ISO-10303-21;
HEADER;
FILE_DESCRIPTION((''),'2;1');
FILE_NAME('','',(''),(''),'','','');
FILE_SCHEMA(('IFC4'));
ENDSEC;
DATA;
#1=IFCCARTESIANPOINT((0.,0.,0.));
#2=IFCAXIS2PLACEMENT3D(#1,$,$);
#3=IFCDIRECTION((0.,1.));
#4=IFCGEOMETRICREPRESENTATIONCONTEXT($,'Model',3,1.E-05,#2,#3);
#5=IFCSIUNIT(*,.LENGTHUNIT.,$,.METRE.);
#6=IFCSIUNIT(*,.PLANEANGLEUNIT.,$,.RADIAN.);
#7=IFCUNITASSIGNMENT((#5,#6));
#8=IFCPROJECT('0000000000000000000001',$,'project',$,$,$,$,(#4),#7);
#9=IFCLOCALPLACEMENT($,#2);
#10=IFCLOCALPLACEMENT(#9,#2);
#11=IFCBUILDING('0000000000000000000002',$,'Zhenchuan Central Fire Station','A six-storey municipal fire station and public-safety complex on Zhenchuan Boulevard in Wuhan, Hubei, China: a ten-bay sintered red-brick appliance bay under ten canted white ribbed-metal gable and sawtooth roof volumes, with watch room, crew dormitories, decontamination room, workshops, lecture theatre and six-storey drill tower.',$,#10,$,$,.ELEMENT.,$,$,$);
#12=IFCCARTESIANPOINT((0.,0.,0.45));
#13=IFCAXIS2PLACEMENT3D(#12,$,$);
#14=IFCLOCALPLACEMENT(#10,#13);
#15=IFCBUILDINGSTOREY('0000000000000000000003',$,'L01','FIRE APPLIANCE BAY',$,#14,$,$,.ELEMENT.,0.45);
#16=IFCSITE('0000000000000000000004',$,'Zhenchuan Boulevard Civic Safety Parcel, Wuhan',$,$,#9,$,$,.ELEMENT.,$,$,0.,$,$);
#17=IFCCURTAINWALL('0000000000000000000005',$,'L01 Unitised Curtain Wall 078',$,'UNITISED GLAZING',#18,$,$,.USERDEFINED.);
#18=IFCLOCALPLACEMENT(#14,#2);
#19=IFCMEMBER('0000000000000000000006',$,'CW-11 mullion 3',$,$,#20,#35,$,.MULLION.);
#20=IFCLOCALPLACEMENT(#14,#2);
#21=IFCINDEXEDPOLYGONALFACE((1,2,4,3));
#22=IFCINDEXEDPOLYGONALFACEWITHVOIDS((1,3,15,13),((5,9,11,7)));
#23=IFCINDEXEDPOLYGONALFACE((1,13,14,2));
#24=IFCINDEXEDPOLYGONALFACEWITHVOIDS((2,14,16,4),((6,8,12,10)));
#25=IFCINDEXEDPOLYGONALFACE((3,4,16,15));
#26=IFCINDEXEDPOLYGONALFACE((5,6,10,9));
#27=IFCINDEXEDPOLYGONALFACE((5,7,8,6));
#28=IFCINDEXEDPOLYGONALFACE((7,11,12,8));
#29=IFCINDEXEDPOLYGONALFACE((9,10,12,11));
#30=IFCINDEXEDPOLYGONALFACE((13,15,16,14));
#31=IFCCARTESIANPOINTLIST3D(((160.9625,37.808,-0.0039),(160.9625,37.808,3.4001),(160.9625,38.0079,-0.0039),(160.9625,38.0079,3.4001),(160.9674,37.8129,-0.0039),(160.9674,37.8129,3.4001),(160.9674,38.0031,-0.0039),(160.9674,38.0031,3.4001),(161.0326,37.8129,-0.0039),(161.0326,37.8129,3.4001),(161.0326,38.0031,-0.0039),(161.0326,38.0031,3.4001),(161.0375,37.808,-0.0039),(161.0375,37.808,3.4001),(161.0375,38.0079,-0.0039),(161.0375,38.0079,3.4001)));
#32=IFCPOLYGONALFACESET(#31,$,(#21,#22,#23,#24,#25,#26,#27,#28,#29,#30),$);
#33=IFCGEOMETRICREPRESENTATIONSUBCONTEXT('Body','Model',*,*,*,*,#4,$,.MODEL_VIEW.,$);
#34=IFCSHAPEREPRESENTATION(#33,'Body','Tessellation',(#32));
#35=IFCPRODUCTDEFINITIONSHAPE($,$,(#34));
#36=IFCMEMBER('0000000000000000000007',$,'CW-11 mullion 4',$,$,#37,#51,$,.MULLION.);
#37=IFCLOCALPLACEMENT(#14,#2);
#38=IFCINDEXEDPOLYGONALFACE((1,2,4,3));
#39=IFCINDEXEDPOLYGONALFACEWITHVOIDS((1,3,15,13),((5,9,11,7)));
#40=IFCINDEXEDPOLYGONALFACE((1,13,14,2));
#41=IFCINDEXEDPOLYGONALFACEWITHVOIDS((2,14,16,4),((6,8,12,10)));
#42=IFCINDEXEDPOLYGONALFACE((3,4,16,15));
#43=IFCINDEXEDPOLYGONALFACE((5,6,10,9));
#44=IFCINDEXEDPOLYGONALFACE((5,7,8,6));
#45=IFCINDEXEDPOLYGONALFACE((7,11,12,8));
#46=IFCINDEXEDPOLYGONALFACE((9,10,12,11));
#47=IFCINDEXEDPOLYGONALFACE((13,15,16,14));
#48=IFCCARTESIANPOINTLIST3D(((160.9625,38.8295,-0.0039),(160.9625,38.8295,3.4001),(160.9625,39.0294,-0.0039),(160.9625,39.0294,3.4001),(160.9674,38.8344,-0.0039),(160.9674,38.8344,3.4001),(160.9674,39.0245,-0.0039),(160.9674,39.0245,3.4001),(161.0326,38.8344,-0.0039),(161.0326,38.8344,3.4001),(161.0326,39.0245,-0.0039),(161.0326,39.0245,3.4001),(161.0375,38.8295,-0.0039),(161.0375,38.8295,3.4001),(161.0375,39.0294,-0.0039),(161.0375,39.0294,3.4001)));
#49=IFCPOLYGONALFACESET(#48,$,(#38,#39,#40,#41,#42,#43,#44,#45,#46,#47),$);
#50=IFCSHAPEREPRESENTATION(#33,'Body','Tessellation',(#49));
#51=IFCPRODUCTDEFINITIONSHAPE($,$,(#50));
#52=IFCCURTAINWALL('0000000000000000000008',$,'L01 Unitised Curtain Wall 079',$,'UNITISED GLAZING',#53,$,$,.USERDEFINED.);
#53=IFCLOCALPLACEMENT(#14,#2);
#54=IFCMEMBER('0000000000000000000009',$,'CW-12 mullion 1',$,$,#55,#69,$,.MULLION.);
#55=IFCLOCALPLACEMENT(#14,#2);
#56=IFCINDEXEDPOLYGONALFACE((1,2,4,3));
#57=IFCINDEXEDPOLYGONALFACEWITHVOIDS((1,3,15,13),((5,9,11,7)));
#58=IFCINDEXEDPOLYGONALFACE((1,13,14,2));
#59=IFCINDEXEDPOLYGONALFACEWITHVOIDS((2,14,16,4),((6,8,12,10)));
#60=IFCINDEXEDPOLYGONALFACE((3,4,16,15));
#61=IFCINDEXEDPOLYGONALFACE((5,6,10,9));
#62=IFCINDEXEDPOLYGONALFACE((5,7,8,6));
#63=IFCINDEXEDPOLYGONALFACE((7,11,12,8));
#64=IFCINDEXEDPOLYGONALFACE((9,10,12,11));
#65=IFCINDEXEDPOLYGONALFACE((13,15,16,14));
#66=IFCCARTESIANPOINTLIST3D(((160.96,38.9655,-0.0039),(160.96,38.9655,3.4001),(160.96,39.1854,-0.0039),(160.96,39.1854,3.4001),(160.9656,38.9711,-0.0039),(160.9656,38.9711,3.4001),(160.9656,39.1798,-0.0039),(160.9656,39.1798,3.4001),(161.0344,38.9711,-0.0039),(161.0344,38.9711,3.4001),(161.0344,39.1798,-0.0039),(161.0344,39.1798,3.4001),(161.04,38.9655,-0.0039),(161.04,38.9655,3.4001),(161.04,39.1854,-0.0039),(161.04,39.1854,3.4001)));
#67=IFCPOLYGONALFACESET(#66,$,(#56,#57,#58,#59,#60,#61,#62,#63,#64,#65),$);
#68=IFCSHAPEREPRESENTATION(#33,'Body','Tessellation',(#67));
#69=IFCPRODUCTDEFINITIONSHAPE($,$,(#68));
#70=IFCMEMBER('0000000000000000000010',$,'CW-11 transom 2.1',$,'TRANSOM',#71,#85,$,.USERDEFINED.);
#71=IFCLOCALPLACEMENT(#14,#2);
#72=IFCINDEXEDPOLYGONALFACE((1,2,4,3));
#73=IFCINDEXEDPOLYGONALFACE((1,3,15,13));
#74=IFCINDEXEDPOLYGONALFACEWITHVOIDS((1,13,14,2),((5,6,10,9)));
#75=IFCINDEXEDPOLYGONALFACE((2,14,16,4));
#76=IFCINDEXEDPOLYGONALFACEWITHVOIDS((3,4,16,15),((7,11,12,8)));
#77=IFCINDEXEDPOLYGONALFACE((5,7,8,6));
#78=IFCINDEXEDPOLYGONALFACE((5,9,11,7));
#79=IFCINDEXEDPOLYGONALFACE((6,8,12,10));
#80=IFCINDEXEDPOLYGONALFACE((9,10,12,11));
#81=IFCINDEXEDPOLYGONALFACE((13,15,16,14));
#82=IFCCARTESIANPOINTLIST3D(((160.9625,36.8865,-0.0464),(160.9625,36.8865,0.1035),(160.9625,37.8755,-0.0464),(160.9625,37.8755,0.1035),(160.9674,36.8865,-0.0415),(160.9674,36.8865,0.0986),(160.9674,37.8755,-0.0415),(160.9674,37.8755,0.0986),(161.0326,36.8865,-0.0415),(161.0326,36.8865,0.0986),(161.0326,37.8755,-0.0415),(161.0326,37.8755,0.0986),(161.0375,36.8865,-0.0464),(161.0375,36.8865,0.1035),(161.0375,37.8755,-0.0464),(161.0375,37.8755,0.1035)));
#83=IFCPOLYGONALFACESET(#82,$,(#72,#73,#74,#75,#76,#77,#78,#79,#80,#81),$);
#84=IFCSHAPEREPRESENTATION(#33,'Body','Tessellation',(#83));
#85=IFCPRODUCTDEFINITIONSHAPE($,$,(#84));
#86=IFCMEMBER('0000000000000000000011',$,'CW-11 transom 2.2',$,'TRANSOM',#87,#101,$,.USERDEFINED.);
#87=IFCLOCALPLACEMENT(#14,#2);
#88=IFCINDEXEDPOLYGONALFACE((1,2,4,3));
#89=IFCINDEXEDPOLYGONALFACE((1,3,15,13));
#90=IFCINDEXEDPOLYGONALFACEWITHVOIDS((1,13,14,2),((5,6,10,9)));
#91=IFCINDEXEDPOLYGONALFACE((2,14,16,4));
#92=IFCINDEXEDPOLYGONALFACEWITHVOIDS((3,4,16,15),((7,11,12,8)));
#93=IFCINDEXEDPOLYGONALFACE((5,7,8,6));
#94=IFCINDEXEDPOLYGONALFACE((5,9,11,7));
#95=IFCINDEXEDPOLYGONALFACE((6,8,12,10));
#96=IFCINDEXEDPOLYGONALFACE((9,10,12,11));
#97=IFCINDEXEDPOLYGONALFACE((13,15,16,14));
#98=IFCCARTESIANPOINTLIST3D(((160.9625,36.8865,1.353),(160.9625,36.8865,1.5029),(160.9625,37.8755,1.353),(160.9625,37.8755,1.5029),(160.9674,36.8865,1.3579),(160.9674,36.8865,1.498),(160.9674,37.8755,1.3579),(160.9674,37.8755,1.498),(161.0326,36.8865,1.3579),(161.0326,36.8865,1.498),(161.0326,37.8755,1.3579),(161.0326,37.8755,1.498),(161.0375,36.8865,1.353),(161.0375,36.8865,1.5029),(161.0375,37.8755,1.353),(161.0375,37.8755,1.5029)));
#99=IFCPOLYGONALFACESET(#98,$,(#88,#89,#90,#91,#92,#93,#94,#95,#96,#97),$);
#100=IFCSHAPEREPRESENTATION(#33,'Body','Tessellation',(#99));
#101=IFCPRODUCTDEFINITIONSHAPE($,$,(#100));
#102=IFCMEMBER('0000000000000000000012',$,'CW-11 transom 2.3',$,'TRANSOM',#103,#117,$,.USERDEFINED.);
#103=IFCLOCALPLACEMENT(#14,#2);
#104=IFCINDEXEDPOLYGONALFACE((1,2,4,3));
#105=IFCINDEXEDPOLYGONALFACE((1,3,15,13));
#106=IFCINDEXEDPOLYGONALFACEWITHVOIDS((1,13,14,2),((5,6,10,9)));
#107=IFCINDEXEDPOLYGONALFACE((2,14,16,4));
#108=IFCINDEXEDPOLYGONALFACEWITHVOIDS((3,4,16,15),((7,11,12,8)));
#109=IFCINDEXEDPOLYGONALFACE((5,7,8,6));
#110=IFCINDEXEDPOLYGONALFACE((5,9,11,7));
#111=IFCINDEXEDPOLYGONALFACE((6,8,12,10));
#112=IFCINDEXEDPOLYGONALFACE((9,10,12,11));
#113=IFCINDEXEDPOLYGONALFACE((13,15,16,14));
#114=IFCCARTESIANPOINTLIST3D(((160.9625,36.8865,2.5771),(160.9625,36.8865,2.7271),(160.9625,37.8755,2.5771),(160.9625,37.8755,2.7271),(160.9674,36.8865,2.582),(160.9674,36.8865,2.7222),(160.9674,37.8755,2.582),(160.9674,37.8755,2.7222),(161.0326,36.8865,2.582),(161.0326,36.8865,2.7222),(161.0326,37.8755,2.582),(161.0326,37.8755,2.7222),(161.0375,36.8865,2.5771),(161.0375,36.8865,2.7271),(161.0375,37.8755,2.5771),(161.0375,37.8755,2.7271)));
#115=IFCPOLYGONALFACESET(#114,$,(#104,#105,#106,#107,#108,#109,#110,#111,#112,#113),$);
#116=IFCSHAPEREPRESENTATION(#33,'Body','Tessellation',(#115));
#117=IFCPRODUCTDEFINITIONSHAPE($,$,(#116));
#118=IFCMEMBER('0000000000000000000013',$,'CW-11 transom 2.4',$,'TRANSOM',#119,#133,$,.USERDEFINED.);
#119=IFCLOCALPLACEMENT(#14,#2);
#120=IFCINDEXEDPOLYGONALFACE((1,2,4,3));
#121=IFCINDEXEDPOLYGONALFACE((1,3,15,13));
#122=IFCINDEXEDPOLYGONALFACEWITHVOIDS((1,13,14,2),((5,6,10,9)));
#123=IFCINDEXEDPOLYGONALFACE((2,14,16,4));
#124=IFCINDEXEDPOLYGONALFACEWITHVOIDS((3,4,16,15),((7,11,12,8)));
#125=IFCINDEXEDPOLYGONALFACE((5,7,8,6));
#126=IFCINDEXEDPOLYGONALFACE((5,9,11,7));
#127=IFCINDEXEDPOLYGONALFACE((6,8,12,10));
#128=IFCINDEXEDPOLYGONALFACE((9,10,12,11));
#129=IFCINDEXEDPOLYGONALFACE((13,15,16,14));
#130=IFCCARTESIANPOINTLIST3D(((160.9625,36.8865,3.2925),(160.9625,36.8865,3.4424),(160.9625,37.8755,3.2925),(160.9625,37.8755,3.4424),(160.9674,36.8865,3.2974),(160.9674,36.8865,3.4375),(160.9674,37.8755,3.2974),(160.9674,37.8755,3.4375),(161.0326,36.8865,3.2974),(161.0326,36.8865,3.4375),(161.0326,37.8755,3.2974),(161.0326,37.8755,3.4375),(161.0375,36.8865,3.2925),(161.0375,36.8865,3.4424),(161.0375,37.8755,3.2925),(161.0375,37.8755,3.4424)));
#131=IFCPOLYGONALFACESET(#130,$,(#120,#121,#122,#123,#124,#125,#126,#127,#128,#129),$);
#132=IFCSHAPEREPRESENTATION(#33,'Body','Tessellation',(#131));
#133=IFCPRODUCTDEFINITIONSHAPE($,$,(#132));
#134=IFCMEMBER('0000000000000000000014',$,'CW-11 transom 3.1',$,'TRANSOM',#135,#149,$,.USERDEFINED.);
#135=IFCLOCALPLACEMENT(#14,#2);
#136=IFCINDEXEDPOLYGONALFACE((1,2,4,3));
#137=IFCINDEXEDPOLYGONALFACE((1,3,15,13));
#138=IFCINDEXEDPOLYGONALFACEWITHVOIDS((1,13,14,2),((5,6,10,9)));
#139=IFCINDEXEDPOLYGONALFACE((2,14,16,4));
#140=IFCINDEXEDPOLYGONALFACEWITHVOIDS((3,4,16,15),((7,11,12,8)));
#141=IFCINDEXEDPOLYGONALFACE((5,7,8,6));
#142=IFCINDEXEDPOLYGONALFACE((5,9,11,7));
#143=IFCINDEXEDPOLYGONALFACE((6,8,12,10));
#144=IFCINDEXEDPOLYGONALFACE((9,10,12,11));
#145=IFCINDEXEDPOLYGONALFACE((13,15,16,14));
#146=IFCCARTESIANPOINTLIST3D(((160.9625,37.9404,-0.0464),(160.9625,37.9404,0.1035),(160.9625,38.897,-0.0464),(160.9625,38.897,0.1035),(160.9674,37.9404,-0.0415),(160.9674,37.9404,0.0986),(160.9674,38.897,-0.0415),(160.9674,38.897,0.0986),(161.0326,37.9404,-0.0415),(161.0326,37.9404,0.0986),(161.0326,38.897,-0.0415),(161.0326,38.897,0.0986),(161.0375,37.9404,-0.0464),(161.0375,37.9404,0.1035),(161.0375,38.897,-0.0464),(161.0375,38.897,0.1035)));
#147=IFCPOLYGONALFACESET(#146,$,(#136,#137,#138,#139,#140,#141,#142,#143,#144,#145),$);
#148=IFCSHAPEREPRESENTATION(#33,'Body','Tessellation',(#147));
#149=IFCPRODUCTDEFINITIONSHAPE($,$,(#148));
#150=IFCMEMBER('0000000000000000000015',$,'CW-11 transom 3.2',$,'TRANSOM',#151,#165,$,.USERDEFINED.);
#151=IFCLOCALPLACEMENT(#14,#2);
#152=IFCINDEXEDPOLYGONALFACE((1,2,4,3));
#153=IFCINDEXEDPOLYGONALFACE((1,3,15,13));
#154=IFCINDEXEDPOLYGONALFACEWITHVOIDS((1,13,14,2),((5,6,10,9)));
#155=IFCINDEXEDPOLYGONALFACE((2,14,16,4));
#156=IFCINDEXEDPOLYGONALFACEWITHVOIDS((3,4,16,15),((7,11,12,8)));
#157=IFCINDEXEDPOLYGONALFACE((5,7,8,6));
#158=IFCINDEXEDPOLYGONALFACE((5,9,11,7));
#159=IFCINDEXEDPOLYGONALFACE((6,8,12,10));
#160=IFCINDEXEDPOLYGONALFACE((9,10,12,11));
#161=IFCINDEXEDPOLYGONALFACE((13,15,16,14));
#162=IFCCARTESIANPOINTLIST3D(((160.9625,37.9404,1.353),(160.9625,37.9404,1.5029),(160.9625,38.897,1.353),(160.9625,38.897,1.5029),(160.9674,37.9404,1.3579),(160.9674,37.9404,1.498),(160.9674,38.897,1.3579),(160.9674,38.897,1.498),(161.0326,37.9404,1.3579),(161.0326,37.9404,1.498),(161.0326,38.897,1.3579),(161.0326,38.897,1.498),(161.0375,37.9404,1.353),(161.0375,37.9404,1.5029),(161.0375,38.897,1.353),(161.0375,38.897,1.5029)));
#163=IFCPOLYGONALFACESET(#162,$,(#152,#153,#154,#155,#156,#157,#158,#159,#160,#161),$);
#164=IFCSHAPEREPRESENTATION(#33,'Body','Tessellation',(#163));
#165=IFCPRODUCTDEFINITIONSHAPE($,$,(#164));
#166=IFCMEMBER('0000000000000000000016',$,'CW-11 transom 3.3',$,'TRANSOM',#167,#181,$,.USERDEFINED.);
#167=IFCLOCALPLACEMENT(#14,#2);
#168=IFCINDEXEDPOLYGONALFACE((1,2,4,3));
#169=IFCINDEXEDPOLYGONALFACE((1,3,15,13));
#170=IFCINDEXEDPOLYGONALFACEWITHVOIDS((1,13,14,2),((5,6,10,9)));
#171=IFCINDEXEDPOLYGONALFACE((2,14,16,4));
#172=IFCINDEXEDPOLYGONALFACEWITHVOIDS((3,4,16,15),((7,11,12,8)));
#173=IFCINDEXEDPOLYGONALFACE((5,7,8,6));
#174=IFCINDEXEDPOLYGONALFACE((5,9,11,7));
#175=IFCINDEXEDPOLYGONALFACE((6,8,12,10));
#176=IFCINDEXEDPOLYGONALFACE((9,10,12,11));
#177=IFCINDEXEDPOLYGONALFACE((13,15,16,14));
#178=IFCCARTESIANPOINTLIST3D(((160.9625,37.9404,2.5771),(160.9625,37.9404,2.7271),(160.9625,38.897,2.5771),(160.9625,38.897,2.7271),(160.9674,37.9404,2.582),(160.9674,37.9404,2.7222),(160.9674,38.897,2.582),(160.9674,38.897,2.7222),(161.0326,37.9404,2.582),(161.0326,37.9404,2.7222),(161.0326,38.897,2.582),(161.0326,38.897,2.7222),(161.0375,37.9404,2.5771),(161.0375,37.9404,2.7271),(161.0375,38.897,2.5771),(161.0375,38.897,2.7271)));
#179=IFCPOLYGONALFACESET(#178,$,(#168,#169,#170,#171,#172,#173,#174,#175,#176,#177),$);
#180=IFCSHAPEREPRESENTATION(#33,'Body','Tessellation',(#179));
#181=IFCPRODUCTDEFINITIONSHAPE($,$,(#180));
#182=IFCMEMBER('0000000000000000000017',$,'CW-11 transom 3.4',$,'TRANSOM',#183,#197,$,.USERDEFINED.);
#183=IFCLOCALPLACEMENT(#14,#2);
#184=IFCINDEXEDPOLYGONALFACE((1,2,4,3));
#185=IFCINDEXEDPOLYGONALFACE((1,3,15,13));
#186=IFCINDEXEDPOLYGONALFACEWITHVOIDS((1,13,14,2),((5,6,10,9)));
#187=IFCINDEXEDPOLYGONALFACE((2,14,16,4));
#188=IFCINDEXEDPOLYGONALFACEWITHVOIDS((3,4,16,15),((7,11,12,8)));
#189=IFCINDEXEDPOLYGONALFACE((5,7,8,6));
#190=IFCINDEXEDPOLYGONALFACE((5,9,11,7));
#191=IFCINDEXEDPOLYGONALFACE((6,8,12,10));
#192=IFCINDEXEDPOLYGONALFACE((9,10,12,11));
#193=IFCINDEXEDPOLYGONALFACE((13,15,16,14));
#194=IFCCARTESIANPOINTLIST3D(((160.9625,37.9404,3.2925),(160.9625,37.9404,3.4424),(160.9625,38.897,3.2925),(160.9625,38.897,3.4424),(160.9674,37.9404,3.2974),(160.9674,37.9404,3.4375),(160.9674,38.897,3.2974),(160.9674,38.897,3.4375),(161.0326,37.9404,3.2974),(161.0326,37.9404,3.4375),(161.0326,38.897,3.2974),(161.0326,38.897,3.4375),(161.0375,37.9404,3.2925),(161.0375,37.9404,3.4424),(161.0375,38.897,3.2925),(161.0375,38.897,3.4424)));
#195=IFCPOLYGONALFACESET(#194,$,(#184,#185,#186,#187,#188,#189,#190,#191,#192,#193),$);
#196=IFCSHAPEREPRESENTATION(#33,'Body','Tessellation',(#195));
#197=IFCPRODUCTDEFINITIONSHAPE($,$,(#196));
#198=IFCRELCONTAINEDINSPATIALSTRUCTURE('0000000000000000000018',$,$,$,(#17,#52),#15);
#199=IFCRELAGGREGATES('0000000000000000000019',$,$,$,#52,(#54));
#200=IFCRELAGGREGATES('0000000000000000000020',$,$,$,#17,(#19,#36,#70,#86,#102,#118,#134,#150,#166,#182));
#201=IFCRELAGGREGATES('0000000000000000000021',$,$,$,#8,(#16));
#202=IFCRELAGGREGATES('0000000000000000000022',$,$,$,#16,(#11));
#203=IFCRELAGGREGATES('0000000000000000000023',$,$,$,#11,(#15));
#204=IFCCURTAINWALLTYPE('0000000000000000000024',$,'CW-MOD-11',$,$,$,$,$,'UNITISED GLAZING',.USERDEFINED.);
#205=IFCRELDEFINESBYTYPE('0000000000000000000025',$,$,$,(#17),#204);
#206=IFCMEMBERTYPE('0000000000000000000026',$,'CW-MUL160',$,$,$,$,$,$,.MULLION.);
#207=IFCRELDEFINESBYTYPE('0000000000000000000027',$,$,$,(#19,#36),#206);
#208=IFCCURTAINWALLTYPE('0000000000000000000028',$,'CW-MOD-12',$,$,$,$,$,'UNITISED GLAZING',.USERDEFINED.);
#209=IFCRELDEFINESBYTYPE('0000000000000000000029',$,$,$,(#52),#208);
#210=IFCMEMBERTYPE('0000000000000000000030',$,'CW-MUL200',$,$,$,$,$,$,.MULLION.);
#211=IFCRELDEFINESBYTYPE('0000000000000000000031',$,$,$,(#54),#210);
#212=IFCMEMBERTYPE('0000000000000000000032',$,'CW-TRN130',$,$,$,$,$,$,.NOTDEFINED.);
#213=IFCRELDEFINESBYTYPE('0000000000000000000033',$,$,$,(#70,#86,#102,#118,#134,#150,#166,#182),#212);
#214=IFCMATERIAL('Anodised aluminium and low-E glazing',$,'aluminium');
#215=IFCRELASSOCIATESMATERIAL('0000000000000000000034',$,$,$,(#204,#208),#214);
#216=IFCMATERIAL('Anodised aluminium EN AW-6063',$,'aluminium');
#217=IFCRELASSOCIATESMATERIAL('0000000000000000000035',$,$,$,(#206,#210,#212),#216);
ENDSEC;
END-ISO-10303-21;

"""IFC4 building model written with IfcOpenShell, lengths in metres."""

from ifc_helpers import new_model, si_unit, direction, frame, origin, origin_2d, place, context, subcontext, project, spatial, hollow_rectangle, extrude, material, material_profile, profile_set, type_object, element, aggregate, save


model = new_model("IFC4")

# Units and contexts
model_context = context("Model", 3, precision=1e-05, world=origin(), true_north=direction((0.0, 1.0)))
body_context = subcontext(model_context, "Body", "Model", "MODEL_VIEW")
ifc_project = project(units=[si_unit("LENGTHUNIT", "METRE"), si_unit("PLANEANGLEUNIT", "RADIAN")], contexts=[model_context])

# Site, building, storey
site_placement = place(None, origin())
site = spatial("IfcSite", under=ifc_project, at=site_placement, Name="Zhenchuan Boulevard Civic Safety Parcel, Wuhan", CompositionType="ELEMENT", RefElevation=0.0)
building_placement = place(site_placement, origin())
building = spatial("IfcBuilding", under=site, at=building_placement, Name="Zhenchuan Central Fire Station", Description="A six-storey municipal fire station and public-safety complex on Zhenchuan Boulevard in Wuhan, Hubei, China: a ten-bay sintered red-brick appliance bay under ten canted white ribbed-metal gable and sawtooth roof volumes, with watch room, crew dormitories, decontamination room, workshops, lecture theatre and six-storey drill tower.", CompositionType="ELEMENT")
storey_placement = place(building_placement, frame((0.0, 0.0, 0.45)))
storey = spatial("IfcBuildingStorey", under=building, at=storey_placement, Name="L01", Description="FIRE APPLIANCE BAY", CompositionType="ELEMENT", Elevation=0.45)

# Curtain wall, members
ifc_material_1 = material(Name="Anodised aluminium and low-E glazing", Category="aluminium")
curtain_wall_type_1 = type_object("IfcCurtainWallType", Name="CW-MOD-11", ElementType="UNITISED GLAZING", PredefinedType="USERDEFINED", material=ifc_material_1)
curtain_wall_1_placement = place(storey_placement, origin())
curtain_wall_1 = element("IfcCurtainWall", 1, at=curtain_wall_1_placement, inside=storey, type_object=curtain_wall_type_1, Name="L01 Unitised Curtain Wall 078", ObjectType="UNITISED GLAZING", PredefinedType="USERDEFINED")
ifc_material_2 = material(Name="Anodised aluminium EN AW-6063", Category="aluminium")
ifc_material_profile_1 = material_profile(ifc_material_2, hollow_rectangle(XDim=0.075, YDim=0.2, WallThickness=0.0049, at=origin_2d()), Name="ALU-M 200x75")
ifc_profile_set_1 = profile_set([ifc_material_profile_1], Name="Anodised aluminium EN AW-6063")
member_type_1 = type_object("IfcMemberType", Name="CW-MUL160", PredefinedType="MULLION", material=ifc_profile_set_1)
member_1_placement = place(storey_placement, frame((161.0, 37.908, -0.0039), z_axis=(0.0, 0.0, 1.0), x_axis=(-1.0, 0.0, 0.0)))
member_1 = element("IfcMember", 2, at=member_1_placement, type_object=member_type_1, Name="CW-11 mullion 3", PredefinedType="MULLION", context=body_context, shape_type="SweptSolid", body=[
    extrude(hollow_rectangle(XDim=0.075, YDim=0.2, WallThickness=0.0049, at=origin_2d()), origin(), (0.0, 0.0, 1.0), 3.4041),
])
member_2_placement = place(storey_placement, frame((161.0, 38.9294, -0.0039), z_axis=(0.0, 0.0, 1.0), x_axis=(-1.0, 0.0, 0.0)))
member_2 = element("IfcMember", 3, at=member_2_placement, type_object=member_type_1, Name="CW-11 mullion 4", PredefinedType="MULLION", context=body_context, shape_type="SweptSolid", body=[
    extrude(hollow_rectangle(XDim=0.075, YDim=0.2, WallThickness=0.0049, at=origin_2d()), origin(), (0.0, 0.0, 1.0), 3.4041),
])

# Curtain wall, member
curtain_wall_type_2 = type_object("IfcCurtainWallType", Name="CW-MOD-12", ElementType="UNITISED GLAZING", PredefinedType="USERDEFINED", material=ifc_material_1)
curtain_wall_2_placement = place(storey_placement, origin())
curtain_wall_2 = element("IfcCurtainWall", 4, at=curtain_wall_2_placement, inside=storey, type_object=curtain_wall_type_2, Name="L01 Unitised Curtain Wall 079", ObjectType="UNITISED GLAZING", PredefinedType="USERDEFINED")
ifc_material_profile_2 = material_profile(ifc_material_2, hollow_rectangle(XDim=0.0801, YDim=0.22, WallThickness=0.0056, at=origin_2d()), Name="ALU-M 220x80")
ifc_profile_set_2 = profile_set([ifc_material_profile_2], Name="Anodised aluminium EN AW-6063")
member_type_2 = type_object("IfcMemberType", Name="CW-MUL200", PredefinedType="MULLION", material=ifc_profile_set_2)
member_3_placement = place(storey_placement, frame((161.0, 39.0754, -0.0039), z_axis=(0.0, 0.0, 1.0), x_axis=(-1.0, 0.0, 0.0)))
member_3 = element("IfcMember", 5, at=member_3_placement, type_object=member_type_2, Name="CW-12 mullion 1", PredefinedType="MULLION", context=body_context, shape_type="SweptSolid", body=[
    extrude(hollow_rectangle(XDim=0.0801, YDim=0.22, WallThickness=0.0056, at=origin_2d()), origin(), (0.0, 0.0, 1.0), 3.4041),
])

# Members
ifc_material_profile_3 = material_profile(ifc_material_2, hollow_rectangle(XDim=0.075, YDim=0.1499, WallThickness=0.0049, at=origin_2d()), Name="ALU-T 150x75")
ifc_profile_set_3 = profile_set([ifc_material_profile_3], Name="Anodised aluminium EN AW-6063")
member_type_3 = type_object("IfcMemberType", Name="CW-TRN130", PredefinedType="NOTDEFINED", material=ifc_profile_set_3)
member_4_placement = place(storey_placement, frame((161.0, 36.8865, 0.0286), z_axis=(0.0, 1.0, 0.0), x_axis=(-1.0, 0.0, 0.0)))
member_4 = element("IfcMember", 6, at=member_4_placement, type_object=member_type_3, Name="CW-11 transom 2.1", ObjectType="TRANSOM", PredefinedType="USERDEFINED", context=body_context, shape_type="SweptSolid", body=[
    extrude(hollow_rectangle(XDim=0.075, YDim=0.1499, WallThickness=0.0049, at=origin_2d()), origin(), (0.0, 0.0, 1.0), 0.989),
])
member_5_placement = place(storey_placement, frame((161.0, 36.8865, 1.428), z_axis=(0.0, 1.0, 0.0), x_axis=(-1.0, 0.0, 0.0)))
member_5 = element("IfcMember", 7, at=member_5_placement, type_object=member_type_3, Name="CW-11 transom 2.2", ObjectType="TRANSOM", PredefinedType="USERDEFINED", context=body_context, shape_type="SweptSolid", body=[
    extrude(hollow_rectangle(XDim=0.075, YDim=0.1499, WallThickness=0.0049, at=origin_2d()), origin(), (0.0, 0.0, 1.0), 0.989),
])
member_6_placement = place(storey_placement, frame((161.0, 36.8865, 2.6521), z_axis=(0.0, 1.0, 0.0), x_axis=(-1.0, 0.0, 0.0)))
member_6 = element("IfcMember", 8, at=member_6_placement, type_object=member_type_3, Name="CW-11 transom 2.3", ObjectType="TRANSOM", PredefinedType="USERDEFINED", context=body_context, shape_type="SweptSolid", body=[
    extrude(hollow_rectangle(XDim=0.075, YDim=0.1499, WallThickness=0.0049, at=origin_2d()), origin(), (0.0, 0.0, 1.0), 0.989),
])
member_7_placement = place(storey_placement, frame((161.0, 36.8865, 3.3674), z_axis=(0.0, 1.0, 0.0), x_axis=(-1.0, 0.0, 0.0)))
member_7 = element("IfcMember", 9, at=member_7_placement, type_object=member_type_3, Name="CW-11 transom 2.4", ObjectType="TRANSOM", PredefinedType="USERDEFINED", context=body_context, shape_type="SweptSolid", body=[
    extrude(hollow_rectangle(XDim=0.075, YDim=0.1499, WallThickness=0.0049, at=origin_2d()), origin(), (0.0, 0.0, 1.0), 0.989),
])
member_8_placement = place(storey_placement, frame((161.0, 37.9404, 0.0286), z_axis=(0.0, 1.0, 0.0), x_axis=(-1.0, 0.0, 0.0)))
member_8 = element("IfcMember", 10, at=member_8_placement, type_object=member_type_3, Name="CW-11 transom 3.1", ObjectType="TRANSOM", PredefinedType="USERDEFINED", context=body_context, shape_type="SweptSolid", body=[
    extrude(hollow_rectangle(XDim=0.075, YDim=0.1499, WallThickness=0.0049, at=origin_2d()), origin(), (0.0, 0.0, 1.0), 0.9565),
])
member_9_placement = place(storey_placement, frame((161.0, 37.9404, 1.428), z_axis=(0.0, 1.0, 0.0), x_axis=(-1.0, 0.0, 0.0)))
member_9 = element("IfcMember", 11, at=member_9_placement, type_object=member_type_3, Name="CW-11 transom 3.2", ObjectType="TRANSOM", PredefinedType="USERDEFINED", context=body_context, shape_type="SweptSolid", body=[
    extrude(hollow_rectangle(XDim=0.075, YDim=0.1499, WallThickness=0.0049, at=origin_2d()), origin(), (0.0, 0.0, 1.0), 0.9565),
])
member_10_placement = place(storey_placement, frame((161.0, 37.9404, 2.6521), z_axis=(0.0, 1.0, 0.0), x_axis=(-1.0, 0.0, 0.0)))
member_10 = element("IfcMember", 12, at=member_10_placement, type_object=member_type_3, Name="CW-11 transom 3.3", ObjectType="TRANSOM", PredefinedType="USERDEFINED", context=body_context, shape_type="SweptSolid", body=[
    extrude(hollow_rectangle(XDim=0.075, YDim=0.1499, WallThickness=0.0049, at=origin_2d()), origin(), (0.0, 0.0, 1.0), 0.9565),
])
member_11_placement = place(storey_placement, frame((161.0, 37.9404, 3.3674), z_axis=(0.0, 1.0, 0.0), x_axis=(-1.0, 0.0, 0.0)))
member_11 = element("IfcMember", 13, at=member_11_placement, type_object=member_type_3, Name="CW-11 transom 3.4", ObjectType="TRANSOM", PredefinedType="USERDEFINED", context=body_context, shape_type="SweptSolid", body=[
    extrude(hollow_rectangle(XDim=0.075, YDim=0.1499, WallThickness=0.0049, at=origin_2d()), origin(), (0.0, 0.0, 1.0), 0.9565),
])
aggregate(curtain_wall_2, [member_3])

aggregate(curtain_wall_1, [member_1, member_2, member_4, member_5, member_6, member_7, member_8, member_9, member_10, member_11])

save(model, "model.ifc")
